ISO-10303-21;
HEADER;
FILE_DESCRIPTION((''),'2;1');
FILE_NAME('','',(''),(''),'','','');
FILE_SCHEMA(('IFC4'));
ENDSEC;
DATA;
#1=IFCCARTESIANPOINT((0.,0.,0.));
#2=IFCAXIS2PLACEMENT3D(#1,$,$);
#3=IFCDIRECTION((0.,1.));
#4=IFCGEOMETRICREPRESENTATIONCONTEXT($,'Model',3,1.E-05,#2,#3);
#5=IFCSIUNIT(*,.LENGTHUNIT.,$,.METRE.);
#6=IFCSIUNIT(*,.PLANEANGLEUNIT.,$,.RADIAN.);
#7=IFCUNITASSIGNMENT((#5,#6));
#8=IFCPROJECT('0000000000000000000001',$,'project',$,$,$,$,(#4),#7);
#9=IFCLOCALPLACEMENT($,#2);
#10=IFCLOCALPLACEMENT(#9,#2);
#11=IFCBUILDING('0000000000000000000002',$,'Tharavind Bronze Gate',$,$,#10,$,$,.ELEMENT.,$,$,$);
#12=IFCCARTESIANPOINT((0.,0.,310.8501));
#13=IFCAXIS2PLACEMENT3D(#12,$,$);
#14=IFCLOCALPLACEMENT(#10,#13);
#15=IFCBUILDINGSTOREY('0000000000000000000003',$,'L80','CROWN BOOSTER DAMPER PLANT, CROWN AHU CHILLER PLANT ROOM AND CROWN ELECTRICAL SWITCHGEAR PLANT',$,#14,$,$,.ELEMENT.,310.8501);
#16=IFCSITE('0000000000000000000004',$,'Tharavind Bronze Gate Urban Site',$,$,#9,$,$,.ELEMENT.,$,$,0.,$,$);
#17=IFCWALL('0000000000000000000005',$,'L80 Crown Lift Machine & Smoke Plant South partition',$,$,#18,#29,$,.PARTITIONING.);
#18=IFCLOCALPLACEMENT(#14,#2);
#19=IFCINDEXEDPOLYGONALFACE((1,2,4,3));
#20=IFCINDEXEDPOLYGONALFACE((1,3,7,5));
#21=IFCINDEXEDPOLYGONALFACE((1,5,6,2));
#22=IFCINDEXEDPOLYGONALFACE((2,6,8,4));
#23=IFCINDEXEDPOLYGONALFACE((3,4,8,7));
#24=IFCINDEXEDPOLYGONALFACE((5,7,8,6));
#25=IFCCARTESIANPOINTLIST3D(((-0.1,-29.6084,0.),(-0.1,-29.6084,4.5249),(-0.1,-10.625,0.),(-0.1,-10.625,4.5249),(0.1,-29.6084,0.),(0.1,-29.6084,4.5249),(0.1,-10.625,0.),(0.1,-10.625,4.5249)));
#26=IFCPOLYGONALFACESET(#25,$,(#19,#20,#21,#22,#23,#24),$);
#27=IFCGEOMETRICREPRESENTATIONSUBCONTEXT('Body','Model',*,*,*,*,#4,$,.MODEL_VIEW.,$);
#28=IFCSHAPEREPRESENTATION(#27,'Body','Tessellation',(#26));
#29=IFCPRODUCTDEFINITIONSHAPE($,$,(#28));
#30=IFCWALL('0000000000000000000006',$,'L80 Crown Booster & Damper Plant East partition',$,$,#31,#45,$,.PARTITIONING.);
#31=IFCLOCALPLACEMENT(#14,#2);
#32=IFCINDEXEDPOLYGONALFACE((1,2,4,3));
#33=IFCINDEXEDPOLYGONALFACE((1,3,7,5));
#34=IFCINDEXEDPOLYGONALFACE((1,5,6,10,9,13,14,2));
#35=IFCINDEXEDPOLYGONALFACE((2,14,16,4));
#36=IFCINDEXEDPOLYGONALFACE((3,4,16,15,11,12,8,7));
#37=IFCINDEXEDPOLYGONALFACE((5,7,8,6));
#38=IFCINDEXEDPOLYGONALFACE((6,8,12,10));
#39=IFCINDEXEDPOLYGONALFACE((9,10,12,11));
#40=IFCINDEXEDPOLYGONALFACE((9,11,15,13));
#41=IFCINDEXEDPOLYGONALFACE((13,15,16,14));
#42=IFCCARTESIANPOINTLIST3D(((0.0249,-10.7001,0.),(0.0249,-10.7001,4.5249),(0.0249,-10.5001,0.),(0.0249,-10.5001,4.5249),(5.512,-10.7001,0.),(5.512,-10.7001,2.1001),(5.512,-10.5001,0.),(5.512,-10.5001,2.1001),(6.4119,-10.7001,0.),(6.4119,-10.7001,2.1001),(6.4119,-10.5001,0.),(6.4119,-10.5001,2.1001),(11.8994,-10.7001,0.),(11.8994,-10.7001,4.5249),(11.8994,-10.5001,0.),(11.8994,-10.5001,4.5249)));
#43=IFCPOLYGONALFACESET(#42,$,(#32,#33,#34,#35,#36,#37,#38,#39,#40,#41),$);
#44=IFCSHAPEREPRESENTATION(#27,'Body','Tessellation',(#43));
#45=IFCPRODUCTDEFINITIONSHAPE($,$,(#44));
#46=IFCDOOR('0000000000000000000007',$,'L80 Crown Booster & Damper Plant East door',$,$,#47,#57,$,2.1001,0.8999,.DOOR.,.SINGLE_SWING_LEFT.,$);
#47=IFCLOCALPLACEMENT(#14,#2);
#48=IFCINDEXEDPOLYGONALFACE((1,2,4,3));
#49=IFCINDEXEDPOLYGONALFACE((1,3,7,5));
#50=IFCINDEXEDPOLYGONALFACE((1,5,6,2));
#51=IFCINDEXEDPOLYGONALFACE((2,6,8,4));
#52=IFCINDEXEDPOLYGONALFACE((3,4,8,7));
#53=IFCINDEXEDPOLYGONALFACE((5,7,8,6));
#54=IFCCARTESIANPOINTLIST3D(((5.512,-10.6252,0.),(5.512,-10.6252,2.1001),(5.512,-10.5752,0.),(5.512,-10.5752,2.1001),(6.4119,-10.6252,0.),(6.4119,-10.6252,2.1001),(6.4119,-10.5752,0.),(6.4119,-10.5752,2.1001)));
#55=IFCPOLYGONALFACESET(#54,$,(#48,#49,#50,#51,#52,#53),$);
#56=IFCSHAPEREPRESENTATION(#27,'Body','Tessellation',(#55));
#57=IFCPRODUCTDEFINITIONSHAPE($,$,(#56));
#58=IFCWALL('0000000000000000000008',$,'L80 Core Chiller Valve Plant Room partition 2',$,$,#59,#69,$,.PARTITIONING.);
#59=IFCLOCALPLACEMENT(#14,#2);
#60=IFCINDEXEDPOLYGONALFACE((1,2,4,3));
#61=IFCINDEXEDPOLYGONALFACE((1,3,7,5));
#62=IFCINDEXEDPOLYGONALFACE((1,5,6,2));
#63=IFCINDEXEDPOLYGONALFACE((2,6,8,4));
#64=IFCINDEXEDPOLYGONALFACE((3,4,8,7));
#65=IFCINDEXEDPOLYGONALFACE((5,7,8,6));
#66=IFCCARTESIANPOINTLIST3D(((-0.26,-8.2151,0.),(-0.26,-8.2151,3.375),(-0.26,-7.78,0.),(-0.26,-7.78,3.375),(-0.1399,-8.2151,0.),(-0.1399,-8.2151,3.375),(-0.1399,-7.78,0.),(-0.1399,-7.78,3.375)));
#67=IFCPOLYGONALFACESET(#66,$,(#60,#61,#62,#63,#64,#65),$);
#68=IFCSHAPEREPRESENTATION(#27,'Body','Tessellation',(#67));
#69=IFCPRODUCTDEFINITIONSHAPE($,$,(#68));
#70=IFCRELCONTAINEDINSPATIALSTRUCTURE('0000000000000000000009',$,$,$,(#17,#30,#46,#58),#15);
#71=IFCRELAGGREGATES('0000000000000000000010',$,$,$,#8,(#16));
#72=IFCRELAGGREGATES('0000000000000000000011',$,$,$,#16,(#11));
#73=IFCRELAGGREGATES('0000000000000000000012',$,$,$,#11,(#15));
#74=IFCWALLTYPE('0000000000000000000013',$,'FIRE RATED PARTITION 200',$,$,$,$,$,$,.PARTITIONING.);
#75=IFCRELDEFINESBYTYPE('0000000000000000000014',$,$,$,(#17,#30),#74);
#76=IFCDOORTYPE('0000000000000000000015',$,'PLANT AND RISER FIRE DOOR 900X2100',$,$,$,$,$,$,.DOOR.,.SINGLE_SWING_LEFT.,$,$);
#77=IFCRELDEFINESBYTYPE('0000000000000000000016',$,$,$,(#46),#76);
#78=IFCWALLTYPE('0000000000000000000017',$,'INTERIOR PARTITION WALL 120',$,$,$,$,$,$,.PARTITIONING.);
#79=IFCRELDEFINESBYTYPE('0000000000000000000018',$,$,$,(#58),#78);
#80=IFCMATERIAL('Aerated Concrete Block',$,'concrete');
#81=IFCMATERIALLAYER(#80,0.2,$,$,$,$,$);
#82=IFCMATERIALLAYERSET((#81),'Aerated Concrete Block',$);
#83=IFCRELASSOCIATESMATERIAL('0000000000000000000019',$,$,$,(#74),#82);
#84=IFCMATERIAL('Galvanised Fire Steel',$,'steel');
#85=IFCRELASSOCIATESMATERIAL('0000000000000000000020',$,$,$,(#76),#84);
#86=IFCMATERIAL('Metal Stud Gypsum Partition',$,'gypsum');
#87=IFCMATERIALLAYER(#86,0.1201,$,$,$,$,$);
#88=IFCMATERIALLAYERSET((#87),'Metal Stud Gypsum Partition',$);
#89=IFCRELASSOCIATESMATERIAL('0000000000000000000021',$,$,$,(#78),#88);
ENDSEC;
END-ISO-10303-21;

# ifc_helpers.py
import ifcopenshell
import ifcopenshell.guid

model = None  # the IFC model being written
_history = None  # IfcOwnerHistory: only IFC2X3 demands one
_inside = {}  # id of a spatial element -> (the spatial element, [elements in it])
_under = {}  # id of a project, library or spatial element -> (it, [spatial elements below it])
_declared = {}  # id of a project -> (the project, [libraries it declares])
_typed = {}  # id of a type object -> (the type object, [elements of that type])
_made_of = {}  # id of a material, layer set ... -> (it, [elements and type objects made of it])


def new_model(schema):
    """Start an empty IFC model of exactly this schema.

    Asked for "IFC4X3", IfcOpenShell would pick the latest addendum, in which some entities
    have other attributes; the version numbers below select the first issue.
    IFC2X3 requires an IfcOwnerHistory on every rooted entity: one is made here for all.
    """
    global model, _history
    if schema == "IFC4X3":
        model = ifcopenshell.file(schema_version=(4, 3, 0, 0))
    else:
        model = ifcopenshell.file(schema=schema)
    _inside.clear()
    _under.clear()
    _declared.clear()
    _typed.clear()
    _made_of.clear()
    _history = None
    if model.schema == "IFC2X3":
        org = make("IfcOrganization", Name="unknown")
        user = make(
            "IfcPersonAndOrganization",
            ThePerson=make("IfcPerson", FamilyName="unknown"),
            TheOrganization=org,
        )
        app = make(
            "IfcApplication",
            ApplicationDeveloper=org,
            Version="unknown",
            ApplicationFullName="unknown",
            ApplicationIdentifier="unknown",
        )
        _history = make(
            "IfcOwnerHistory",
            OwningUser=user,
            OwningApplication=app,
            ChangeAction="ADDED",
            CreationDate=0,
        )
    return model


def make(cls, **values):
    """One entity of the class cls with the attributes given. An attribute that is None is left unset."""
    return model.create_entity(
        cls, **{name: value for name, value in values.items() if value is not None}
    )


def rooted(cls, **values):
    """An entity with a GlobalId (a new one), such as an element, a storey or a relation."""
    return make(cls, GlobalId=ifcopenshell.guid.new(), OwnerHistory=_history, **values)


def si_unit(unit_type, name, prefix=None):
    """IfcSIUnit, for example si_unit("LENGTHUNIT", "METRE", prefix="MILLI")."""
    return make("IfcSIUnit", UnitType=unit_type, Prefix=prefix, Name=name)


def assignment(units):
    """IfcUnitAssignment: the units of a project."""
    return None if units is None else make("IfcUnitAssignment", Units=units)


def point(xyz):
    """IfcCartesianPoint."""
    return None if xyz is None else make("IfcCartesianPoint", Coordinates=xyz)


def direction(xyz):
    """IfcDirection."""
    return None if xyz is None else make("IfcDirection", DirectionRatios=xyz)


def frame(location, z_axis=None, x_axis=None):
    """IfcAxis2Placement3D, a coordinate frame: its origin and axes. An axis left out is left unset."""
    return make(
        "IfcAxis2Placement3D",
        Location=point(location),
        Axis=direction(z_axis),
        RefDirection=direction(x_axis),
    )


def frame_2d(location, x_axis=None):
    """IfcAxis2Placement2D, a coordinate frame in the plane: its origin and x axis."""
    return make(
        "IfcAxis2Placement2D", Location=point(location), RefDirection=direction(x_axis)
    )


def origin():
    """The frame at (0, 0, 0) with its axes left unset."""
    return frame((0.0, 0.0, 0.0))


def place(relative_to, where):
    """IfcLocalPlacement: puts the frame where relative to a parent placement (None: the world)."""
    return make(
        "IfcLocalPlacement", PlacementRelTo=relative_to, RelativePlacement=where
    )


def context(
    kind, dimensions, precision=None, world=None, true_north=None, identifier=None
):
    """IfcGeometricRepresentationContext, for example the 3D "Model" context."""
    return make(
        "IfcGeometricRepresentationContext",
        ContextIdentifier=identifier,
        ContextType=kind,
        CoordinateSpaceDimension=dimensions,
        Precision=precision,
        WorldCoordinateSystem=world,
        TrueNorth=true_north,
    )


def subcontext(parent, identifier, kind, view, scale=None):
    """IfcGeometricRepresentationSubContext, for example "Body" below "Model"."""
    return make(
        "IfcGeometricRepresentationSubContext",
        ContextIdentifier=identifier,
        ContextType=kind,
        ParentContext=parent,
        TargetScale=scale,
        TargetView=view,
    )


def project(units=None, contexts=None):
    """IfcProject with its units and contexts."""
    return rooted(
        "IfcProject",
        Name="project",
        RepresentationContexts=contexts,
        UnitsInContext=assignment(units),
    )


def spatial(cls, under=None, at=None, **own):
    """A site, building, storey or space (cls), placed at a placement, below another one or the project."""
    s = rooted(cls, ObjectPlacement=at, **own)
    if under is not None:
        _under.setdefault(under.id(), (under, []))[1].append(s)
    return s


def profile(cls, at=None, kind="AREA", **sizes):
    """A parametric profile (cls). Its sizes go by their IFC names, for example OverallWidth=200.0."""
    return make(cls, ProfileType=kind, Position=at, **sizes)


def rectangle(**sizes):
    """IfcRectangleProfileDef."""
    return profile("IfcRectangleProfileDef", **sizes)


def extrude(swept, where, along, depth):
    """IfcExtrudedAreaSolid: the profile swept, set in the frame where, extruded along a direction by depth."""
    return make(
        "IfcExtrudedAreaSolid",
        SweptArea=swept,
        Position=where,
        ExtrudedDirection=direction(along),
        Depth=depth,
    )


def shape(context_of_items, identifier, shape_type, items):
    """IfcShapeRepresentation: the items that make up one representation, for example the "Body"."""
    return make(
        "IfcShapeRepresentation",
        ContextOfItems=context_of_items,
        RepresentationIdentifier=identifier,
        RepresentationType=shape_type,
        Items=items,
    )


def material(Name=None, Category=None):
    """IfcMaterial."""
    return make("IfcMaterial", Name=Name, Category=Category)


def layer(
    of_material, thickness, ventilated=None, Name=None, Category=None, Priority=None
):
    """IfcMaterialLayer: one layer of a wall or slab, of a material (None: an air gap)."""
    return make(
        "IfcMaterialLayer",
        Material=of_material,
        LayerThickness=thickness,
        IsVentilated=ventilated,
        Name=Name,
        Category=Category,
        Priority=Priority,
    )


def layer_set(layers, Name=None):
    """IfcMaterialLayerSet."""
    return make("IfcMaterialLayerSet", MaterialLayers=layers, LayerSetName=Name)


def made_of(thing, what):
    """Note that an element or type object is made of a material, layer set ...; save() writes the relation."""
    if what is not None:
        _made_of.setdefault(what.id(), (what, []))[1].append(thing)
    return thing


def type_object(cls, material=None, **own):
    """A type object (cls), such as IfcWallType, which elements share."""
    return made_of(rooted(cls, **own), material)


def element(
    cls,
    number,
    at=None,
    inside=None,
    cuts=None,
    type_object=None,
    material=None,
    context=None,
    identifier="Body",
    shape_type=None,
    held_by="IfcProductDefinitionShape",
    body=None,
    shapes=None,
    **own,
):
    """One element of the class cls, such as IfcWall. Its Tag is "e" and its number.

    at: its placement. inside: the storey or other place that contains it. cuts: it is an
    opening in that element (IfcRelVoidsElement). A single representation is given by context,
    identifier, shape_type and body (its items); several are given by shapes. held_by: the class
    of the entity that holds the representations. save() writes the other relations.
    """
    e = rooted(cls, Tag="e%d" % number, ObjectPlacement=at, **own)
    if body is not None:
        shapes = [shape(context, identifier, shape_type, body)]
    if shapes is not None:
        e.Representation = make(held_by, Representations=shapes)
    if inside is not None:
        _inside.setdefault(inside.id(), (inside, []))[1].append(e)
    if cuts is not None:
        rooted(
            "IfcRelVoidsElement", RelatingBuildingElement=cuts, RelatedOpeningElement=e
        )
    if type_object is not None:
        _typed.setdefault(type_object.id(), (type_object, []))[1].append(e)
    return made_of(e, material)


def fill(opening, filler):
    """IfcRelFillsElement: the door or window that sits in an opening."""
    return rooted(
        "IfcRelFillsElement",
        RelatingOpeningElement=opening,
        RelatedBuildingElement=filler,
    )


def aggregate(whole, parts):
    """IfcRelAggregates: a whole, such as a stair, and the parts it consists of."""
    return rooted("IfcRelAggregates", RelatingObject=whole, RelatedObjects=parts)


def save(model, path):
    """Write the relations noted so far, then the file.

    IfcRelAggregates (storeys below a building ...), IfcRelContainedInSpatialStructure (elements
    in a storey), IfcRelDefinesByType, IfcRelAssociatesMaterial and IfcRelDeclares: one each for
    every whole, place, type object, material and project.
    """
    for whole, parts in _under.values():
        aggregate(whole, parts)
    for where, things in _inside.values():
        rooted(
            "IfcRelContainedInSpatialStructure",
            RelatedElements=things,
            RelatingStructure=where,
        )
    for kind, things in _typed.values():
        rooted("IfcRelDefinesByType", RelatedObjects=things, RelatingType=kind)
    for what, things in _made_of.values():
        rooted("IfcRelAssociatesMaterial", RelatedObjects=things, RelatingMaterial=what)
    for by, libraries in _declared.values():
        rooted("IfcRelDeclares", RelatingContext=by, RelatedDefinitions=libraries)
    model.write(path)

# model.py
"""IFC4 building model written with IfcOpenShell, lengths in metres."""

from ifc_helpers import new_model, si_unit, direction, frame, frame_2d, origin, place, context, subcontext, project, spatial, rectangle, extrude, material, layer, layer_set, type_object, element, fill, save


model = new_model("IFC4")

# Units and contexts
model_context = context("Model", 3, precision=1e-05, world=origin(), true_north=direction((0.0, 1.0)))
body_context = subcontext(model_context, "Body", "Model", "MODEL_VIEW")
ifc_project = project(units=[si_unit("LENGTHUNIT", "METRE"), si_unit("PLANEANGLEUNIT", "RADIAN")], contexts=[model_context])

# Site, building, storey
site_placement = place(None, origin())
site = spatial("IfcSite", under=ifc_project, at=site_placement, Name="Tharavind Bronze Gate Urban Site", CompositionType="ELEMENT", RefElevation=0.0)
building_placement = place(site_placement, origin())
building = spatial("IfcBuilding", under=site, at=building_placement, Name="Tharavind Bronze Gate", CompositionType="ELEMENT")
storey_placement = place(building_placement, frame((0.0, 0.0, 310.8501)))
storey = spatial("IfcBuildingStorey", under=building, at=storey_placement, Name="L80", Description="CROWN BOOSTER DAMPER PLANT, CROWN AHU CHILLER PLANT ROOM AND CROWN ELECTRICAL SWITCHGEAR PLANT", CompositionType="ELEMENT", Elevation=310.8501)

# Shared definitions
ifc_material_1 = material(Name="Aerated Concrete Block", Category="concrete")
ifc_layer_1 = layer(ifc_material_1, 0.2)
ifc_layer_set_1 = layer_set([ifc_layer_1], Name="Aerated Concrete Block")
wall_type_1 = type_object("IfcWallType", Name="FIRE RATED PARTITION 200", PredefinedType="PARTITIONING", material=ifc_layer_set_1)
ifc_material_2 = material(Name="Galvanised Fire Steel", Category="steel")
door_type = type_object("IfcDoorType", Name="PLANT AND RISER FIRE DOOR 900X2100", OperationType="SINGLE_SWING_LEFT", PredefinedType="DOOR", material=ifc_material_2)

# Wall
wall_1_placement = place(storey_placement, frame((0.0, -10.625, 0.0), z_axis=(0.0, 0.0, 1.0), x_axis=(0.0, -1.0, 0.0)))
element("IfcWall", 1, at=wall_1_placement, inside=storey, type_object=wall_type_1, Name="L80 Crown Lift Machine & Smoke Plant South partition", PredefinedType="PARTITIONING", context=body_context, shape_type="SweptSolid", body=[
    extrude(rectangle(XDim=18.9834, YDim=0.2, at=frame_2d((9.4917, 0.0))), origin(), (0.0, 0.0, 1.0), 4.5249),
])

# Wall, opening, door
wall_2_placement = place(storey_placement, frame((0.0249, -10.6001, 0.0), z_axis=(0.0, 0.0, 1.0), x_axis=(1.0, 0.0, 0.0)))
wall_2 = element("IfcWall", 2, at=wall_2_placement, inside=storey, type_object=wall_type_1, Name="L80 Crown Booster & Damper Plant East partition", PredefinedType="PARTITIONING", context=body_context, shape_type="SweptSolid", body=[
    extrude(rectangle(XDim=11.8745, YDim=0.2, at=frame_2d((5.9373, 0.0))), origin(), (0.0, 0.0, 1.0), 4.5249),
])
opening_1_placement = place(wall_2_placement, frame((5.4871, 0.0, 0.0)))
opening_1 = element("IfcOpeningElement", 3, at=opening_1_placement, cuts=wall_2, PredefinedType="OPENING", context=body_context, shape_type="SweptSolid", body=[
    extrude(rectangle(XDim=0.8999, YDim=2.1001, at=frame_2d((0.45, 1.05))), frame((0.0, 0.1101, 0.0), z_axis=(0.0, -1.0, 0.0), x_axis=(1.0, 0.0, 0.0)), (0.0, 0.0, 1.0), 0.22),
])
door_1_placement = place(opening_1_placement, origin())
door_1 = element("IfcDoor", 4, at=door_1_placement, inside=storey, type_object=door_type, Name="L80 Crown Booster & Damper Plant East door", OperationType="SINGLE_SWING_LEFT", OverallHeight=2.1001, OverallWidth=0.8999, PredefinedType="DOOR", context=body_context, shape_type="SweptSolid", body=[
    extrude(rectangle(XDim=0.8999, YDim=2.1001, at=frame_2d((0.45, 1.05))), frame((0.0, 0.0249, 0.0), z_axis=(0.0, -1.0, 0.0), x_axis=(1.0, 0.0, 0.0)), (0.0, 0.0, 1.0), 0.05),
])
fill(opening_1, door_1)

# Wall
ifc_material_3 = material(Name="Metal Stud Gypsum Partition", Category="gypsum")
ifc_layer_2 = layer(ifc_material_3, 0.1201)
ifc_layer_set_2 = layer_set([ifc_layer_2], Name="Metal Stud Gypsum Partition")
wall_type_2 = type_object("IfcWallType", Name="INTERIOR PARTITION WALL 120", PredefinedType="PARTITIONING", material=ifc_layer_set_2)
wall_3_placement = place(storey_placement, frame((-0.2, -8.2151, 0.0), z_axis=(0.0, 0.0, 1.0), x_axis=(0.0, 1.0, 0.0)))
element("IfcWall", 5, at=wall_3_placement, inside=storey, type_object=wall_type_2, Name="L80 Core Chiller Valve Plant Room partition 2", PredefinedType="PARTITIONING", context=body_context, shape_type="SweptSolid", body=[
    extrude(rectangle(XDim=0.4351, YDim=0.1201, at=frame_2d((0.2175, 0.0))), origin(), (0.0, 0.0, 1.0), 3.375),
])

save(model, "model.ifc")
